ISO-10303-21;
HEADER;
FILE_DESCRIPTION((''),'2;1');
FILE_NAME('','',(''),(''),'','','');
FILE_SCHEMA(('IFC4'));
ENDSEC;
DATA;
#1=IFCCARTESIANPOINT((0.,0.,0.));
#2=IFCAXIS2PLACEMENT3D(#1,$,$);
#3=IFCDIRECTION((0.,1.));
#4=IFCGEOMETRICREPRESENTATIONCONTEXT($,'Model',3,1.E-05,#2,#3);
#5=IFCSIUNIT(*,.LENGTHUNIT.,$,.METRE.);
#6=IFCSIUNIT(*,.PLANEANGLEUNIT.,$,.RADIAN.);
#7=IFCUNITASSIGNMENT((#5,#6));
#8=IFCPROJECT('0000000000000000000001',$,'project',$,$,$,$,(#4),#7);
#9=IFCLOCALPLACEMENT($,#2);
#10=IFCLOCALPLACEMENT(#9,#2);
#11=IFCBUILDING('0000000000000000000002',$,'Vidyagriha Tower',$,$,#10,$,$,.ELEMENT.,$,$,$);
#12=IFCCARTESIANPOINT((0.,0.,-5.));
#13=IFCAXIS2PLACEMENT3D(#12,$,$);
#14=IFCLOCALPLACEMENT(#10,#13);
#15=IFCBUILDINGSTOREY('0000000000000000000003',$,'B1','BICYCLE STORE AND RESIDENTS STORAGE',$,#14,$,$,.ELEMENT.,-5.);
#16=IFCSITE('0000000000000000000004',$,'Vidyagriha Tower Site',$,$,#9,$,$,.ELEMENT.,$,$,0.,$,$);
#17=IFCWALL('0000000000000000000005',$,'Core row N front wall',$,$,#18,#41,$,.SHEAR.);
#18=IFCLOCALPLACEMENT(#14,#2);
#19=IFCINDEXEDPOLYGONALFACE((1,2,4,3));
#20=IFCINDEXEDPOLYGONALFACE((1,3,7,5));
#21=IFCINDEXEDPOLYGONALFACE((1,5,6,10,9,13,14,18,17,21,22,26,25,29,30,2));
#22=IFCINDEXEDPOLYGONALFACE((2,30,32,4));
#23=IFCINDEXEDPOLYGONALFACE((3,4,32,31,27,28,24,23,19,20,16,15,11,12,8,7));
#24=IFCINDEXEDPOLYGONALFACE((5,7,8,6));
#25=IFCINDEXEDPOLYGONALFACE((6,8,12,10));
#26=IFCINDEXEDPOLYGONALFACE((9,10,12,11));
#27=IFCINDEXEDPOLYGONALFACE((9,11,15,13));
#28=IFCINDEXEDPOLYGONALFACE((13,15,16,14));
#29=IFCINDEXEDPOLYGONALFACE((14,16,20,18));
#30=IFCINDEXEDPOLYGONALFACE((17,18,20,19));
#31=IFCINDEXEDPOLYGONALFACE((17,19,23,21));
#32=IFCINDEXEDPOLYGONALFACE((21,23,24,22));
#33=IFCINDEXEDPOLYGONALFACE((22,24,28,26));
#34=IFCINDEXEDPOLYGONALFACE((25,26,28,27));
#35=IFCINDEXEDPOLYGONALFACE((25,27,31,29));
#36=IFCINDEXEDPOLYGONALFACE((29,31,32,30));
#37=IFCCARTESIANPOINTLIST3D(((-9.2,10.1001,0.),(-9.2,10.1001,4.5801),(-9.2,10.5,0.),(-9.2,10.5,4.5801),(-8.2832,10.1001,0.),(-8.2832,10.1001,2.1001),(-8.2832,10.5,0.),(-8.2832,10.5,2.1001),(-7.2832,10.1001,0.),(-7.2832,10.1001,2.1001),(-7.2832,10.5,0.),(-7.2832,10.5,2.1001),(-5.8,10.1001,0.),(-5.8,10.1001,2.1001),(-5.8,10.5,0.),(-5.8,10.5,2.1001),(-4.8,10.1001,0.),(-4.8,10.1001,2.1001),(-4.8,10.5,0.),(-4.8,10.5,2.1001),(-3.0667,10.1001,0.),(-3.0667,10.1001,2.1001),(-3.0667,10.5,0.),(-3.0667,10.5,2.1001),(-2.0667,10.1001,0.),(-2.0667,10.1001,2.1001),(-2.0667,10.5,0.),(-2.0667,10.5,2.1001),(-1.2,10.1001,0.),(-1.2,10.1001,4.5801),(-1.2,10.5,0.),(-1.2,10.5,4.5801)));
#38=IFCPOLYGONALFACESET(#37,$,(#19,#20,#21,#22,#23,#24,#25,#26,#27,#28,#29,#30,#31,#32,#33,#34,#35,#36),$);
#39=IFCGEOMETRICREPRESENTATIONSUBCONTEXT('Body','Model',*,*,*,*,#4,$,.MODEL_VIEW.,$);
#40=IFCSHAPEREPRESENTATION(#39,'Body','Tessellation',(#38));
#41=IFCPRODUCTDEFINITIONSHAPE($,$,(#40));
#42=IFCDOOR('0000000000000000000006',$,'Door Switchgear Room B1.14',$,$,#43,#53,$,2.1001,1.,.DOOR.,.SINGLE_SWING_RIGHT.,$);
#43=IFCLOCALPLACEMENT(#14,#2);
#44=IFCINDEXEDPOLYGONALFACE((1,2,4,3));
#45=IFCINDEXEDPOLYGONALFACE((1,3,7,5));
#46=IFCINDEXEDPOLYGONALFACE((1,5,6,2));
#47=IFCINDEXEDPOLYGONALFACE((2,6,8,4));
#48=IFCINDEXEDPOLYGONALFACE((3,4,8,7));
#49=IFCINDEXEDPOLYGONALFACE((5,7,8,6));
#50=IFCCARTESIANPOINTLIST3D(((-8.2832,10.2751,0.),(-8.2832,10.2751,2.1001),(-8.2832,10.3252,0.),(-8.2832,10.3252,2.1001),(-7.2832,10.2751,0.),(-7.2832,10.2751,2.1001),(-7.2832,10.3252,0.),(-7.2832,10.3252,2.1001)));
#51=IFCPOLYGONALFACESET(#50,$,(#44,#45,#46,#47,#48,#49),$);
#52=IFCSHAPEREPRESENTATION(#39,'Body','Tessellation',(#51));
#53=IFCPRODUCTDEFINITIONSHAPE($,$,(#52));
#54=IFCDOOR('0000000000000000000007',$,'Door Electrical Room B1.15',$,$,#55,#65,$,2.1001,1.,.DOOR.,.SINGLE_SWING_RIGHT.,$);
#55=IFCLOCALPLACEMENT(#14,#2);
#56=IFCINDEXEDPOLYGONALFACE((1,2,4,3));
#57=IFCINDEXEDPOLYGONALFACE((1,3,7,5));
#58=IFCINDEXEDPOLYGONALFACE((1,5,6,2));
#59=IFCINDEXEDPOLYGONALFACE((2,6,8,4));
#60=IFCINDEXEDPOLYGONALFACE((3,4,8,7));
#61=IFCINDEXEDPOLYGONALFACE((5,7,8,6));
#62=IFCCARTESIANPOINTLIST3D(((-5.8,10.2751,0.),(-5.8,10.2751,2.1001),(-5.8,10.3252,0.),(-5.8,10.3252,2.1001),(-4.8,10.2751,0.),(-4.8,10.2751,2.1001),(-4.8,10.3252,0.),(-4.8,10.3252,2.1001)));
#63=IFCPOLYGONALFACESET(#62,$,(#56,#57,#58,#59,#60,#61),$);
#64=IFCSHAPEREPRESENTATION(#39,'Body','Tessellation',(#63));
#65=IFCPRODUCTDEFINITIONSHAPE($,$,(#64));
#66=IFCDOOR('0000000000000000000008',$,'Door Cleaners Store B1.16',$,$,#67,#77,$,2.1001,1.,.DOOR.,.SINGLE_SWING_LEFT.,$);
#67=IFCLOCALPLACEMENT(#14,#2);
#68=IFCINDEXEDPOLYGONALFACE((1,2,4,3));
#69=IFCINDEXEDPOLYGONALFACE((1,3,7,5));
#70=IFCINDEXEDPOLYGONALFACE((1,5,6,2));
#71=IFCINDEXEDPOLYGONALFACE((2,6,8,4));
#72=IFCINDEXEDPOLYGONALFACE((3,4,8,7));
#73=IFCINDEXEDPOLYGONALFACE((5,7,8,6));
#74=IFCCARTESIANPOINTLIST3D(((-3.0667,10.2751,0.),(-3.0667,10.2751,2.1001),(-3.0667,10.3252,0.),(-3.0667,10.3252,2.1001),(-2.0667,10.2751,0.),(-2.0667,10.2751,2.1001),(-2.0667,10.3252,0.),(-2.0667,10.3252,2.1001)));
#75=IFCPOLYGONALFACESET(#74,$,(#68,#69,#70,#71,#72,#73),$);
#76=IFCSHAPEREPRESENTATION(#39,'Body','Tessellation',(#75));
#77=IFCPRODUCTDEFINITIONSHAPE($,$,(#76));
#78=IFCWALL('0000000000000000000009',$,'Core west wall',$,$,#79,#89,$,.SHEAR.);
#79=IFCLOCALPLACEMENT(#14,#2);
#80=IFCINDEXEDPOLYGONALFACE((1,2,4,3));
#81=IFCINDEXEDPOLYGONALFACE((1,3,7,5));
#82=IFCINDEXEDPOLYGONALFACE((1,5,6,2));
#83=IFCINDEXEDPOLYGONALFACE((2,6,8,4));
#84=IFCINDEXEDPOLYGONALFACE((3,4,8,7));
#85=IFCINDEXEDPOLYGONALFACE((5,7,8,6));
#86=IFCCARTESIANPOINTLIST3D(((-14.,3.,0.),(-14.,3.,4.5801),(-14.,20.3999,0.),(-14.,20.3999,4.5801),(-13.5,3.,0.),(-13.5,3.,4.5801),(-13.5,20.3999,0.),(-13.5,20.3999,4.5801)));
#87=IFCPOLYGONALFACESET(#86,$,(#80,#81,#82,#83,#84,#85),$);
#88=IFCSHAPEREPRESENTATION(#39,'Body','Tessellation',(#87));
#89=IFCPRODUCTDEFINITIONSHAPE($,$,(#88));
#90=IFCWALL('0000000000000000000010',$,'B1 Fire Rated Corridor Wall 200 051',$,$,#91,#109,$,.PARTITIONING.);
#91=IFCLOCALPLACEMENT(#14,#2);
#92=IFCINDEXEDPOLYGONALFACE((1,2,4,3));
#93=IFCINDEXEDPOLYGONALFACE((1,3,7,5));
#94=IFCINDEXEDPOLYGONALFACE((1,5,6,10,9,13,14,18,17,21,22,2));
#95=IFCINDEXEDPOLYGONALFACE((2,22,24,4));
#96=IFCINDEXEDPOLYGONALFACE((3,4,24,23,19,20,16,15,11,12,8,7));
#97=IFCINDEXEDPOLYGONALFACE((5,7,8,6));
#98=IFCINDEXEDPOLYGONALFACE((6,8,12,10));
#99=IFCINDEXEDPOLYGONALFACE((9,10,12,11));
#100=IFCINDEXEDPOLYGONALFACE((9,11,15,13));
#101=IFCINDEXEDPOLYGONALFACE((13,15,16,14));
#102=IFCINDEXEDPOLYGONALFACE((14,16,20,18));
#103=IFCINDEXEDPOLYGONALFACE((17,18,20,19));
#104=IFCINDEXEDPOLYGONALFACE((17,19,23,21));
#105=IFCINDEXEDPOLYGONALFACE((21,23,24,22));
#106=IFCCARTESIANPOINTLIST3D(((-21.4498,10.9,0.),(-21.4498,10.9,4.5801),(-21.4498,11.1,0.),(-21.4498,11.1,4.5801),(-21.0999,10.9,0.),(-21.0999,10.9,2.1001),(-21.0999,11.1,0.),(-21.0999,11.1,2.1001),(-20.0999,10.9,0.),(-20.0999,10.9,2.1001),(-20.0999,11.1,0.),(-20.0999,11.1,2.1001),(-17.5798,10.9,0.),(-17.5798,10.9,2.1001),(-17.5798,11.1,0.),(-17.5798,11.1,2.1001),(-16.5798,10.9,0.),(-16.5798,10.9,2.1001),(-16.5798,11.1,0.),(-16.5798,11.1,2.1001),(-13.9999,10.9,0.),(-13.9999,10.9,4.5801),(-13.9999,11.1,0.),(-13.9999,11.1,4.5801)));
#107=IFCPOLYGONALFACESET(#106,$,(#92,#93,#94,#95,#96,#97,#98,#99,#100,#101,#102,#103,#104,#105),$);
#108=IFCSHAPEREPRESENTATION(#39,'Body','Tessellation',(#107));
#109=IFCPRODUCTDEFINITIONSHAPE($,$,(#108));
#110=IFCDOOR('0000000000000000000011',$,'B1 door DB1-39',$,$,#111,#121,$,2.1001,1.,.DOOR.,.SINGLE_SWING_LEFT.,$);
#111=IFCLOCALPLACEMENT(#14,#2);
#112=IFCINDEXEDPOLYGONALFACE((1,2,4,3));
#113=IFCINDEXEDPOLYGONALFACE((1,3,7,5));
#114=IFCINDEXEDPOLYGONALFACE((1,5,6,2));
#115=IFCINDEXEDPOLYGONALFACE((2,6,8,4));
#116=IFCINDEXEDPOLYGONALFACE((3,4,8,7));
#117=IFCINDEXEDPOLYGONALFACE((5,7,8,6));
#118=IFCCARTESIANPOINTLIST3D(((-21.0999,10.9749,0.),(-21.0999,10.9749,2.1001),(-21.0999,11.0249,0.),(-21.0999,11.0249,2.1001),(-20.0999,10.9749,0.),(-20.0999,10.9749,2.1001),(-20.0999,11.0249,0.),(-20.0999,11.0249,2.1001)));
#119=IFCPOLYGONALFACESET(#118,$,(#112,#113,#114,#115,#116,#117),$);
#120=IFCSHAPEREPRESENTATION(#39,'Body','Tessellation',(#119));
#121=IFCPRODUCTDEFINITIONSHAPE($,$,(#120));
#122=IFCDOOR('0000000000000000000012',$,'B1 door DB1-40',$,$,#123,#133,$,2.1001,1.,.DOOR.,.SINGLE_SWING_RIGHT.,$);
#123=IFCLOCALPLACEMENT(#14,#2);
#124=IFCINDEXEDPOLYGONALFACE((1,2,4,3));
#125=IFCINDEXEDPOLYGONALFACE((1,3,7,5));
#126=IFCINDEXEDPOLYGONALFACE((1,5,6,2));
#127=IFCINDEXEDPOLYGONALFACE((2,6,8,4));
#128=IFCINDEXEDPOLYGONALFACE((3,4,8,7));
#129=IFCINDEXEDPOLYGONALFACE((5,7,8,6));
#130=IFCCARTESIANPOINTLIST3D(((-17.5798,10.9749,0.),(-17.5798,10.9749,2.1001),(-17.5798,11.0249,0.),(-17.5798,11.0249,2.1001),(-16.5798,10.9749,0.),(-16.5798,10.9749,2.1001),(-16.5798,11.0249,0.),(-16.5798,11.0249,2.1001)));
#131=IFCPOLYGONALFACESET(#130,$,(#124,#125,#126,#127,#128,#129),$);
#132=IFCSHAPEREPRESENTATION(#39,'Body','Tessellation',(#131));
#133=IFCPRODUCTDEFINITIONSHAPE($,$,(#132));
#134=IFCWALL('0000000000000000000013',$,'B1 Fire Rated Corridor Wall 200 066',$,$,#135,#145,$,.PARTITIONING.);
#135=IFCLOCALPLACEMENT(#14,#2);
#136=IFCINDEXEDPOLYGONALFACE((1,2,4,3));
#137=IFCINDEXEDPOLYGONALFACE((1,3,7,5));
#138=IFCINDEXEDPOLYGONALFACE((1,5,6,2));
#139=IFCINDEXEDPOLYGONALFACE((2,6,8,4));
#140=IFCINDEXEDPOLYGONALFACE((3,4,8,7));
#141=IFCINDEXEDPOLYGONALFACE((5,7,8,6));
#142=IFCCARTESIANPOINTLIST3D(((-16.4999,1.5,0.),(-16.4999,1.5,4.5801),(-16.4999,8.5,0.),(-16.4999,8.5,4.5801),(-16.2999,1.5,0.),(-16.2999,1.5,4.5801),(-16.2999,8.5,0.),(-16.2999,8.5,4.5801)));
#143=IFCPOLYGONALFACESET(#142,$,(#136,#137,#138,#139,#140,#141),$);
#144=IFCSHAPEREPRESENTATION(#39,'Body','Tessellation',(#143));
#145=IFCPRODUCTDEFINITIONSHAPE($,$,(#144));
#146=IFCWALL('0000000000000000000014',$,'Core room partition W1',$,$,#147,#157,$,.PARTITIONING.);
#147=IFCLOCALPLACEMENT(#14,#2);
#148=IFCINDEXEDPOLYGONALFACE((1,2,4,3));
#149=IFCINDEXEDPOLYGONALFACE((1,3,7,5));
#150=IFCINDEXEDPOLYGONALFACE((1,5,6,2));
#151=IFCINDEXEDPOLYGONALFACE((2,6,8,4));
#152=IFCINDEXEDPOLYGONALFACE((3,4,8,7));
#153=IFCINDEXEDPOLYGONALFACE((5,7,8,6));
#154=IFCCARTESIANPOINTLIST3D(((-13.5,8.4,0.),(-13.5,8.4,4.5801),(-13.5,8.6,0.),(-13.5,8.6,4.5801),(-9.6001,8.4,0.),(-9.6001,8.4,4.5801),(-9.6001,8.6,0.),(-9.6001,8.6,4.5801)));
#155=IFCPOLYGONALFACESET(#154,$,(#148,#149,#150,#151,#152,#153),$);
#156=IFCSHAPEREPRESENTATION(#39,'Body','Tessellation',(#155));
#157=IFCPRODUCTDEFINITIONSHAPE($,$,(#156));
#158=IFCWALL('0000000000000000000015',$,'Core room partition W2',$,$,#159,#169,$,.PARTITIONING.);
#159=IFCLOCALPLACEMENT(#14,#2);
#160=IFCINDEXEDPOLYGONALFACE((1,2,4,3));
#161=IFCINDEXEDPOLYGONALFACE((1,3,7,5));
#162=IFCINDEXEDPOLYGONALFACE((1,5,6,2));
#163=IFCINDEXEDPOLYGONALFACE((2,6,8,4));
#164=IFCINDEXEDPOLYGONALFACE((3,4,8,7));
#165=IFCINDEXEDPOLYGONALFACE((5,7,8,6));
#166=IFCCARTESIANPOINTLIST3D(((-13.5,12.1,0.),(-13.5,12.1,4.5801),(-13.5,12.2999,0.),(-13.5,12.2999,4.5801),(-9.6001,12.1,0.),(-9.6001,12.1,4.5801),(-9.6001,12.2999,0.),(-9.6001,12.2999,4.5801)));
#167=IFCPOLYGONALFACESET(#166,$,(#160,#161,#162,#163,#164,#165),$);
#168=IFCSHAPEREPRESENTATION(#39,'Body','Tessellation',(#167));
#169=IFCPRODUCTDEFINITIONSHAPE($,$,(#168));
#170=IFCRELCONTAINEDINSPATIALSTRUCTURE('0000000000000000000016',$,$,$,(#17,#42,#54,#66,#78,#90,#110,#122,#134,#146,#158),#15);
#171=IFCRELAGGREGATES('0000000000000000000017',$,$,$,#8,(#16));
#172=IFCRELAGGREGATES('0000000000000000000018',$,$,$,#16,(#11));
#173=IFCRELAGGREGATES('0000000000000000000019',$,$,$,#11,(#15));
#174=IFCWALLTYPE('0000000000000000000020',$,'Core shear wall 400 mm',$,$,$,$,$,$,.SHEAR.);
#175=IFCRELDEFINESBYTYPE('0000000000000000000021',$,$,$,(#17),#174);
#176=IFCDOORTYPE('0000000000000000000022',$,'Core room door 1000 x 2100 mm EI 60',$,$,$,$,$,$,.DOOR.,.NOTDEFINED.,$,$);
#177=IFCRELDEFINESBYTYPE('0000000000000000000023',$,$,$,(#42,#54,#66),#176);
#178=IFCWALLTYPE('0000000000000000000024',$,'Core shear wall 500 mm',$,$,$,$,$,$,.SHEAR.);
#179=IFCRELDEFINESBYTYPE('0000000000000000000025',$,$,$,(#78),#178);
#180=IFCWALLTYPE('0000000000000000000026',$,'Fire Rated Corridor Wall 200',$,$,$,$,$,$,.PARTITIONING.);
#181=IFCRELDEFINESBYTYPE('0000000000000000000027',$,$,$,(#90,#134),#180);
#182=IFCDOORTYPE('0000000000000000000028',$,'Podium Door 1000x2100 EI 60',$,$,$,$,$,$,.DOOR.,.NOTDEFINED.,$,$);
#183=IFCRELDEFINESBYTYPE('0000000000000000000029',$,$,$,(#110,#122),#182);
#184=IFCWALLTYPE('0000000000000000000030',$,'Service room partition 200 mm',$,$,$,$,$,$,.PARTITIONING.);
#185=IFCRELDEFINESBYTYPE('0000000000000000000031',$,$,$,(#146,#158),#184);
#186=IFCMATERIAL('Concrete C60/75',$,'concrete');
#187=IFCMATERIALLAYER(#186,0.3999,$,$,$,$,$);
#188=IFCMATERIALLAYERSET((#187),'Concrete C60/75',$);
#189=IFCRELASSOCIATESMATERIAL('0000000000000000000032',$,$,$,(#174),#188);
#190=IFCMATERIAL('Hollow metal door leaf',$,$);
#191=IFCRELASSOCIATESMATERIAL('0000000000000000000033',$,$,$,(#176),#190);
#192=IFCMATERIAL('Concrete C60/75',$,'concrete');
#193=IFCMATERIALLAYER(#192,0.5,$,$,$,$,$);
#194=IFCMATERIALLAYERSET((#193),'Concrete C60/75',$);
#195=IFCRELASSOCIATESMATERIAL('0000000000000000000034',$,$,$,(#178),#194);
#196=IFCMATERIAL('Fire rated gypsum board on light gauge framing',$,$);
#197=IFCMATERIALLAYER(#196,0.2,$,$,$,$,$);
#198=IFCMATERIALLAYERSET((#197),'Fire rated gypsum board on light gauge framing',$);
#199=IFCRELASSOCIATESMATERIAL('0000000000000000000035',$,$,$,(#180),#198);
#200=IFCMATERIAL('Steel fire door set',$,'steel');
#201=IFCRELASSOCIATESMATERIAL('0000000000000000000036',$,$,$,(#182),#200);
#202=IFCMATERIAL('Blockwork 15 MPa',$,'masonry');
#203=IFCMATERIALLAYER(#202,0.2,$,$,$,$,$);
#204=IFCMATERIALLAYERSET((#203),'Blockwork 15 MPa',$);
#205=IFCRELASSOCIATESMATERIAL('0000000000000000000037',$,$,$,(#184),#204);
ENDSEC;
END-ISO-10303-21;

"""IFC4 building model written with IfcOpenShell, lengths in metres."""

from ifc_helpers import new_model, si_unit, direction, frame, frame_2d, origin, place, context, subcontext, project, spatial, rectangle, extrude, material, layer, layer_set, type_object, element, fill, save


model = new_model("IFC4")

# Units and contexts
model_context = context("Model", 3, precision=1e-05, world=origin(), true_north=direction((0.0, 1.0)))
body_context = subcontext(model_context, "Body", "Model", "MODEL_VIEW")
ifc_project = project(units=[si_unit("LENGTHUNIT", "METRE"), si_unit("PLANEANGLEUNIT", "RADIAN")], contexts=[model_context])

# Site, building, storey
site_placement = place(None, origin())
site = spatial("IfcSite", under=ifc_project, at=site_placement, Name="Vidyagriha Tower Site", CompositionType="ELEMENT", RefElevation=0.0)
building_placement = place(site_placement, origin())
building = spatial("IfcBuilding", under=site, at=building_placement, Name="Vidyagriha Tower", CompositionType="ELEMENT")
storey_placement = place(building_placement, frame((0.0, 0.0, -5.0)))
storey = spatial("IfcBuildingStorey", under=building, at=storey_placement, Name="B1", Description="BICYCLE STORE AND RESIDENTS STORAGE", CompositionType="ELEMENT", Elevation=-5.0)

# Shared definitions
ifc_material_1 = material(Name="Concrete C60/75", Category="concrete")
ifc_layer_1 = layer(ifc_material_1, 0.3999)
ifc_layer_set_1 = layer_set([ifc_layer_1], Name="Concrete C60/75")
wall_type_1 = type_object("IfcWallType", Name="Core shear wall 400 mm", PredefinedType="SHEAR", material=ifc_layer_set_1)
ifc_material_2 = material(Name="Hollow metal door leaf")
door_type_1 = type_object("IfcDoorType", Name="Core room door 1000 x 2100 mm EI 60", OperationType="NOTDEFINED", PredefinedType="DOOR", material=ifc_material_2)

# Wall, openings, doors
wall_1_placement = place(storey_placement, frame((-9.2, 10.3, 0.0)))
wall_1 = element("IfcWall", 1, at=wall_1_placement, inside=storey, type_object=wall_type_1, Name="Core row N front wall", PredefinedType="SHEAR", context=body_context, shape_type="SweptSolid", body=[
    extrude(rectangle(XDim=8.0, YDim=0.3999, at=frame_2d((4.0, 0.0))), origin(), (0.0, 0.0, 1.0), 4.5801),
])
opening_1_placement = place(wall_1_placement, frame((0.9167, 0.0, 0.0)))
opening_1 = element("IfcOpeningElement", 2, at=opening_1_placement, cuts=wall_1, PredefinedType="OPENING", context=body_context, shape_type="SweptSolid", body=[
    extrude(rectangle(XDim=1.0, YDim=2.1001, at=frame_2d((0.5, 1.05))), frame((0.0, 0.21, 0.0), z_axis=(0.0, -1.0, 0.0), x_axis=(1.0, 0.0, 0.0)), (0.0, 0.0, 1.0), 0.4199),
])
opening_2_placement = place(wall_1_placement, frame((3.3999, 0.0, 0.0)))
opening_2 = element("IfcOpeningElement", 3, at=opening_2_placement, cuts=wall_1, PredefinedType="OPENING", context=body_context, shape_type="SweptSolid", body=[
    extrude(rectangle(XDim=1.0, YDim=2.1001, at=frame_2d((0.5, 1.05))), frame((0.0, 0.21, 0.0), z_axis=(0.0, -1.0, 0.0), x_axis=(1.0, 0.0, 0.0)), (0.0, 0.0, 1.0), 0.4199),
])
opening_3_placement = place(wall_1_placement, frame((6.1333, 0.0, 0.0)))
opening_3 = element("IfcOpeningElement", 4, at=opening_3_placement, cuts=wall_1, PredefinedType="OPENING", context=body_context, shape_type="SweptSolid", body=[
    extrude(rectangle(XDim=1.0, YDim=2.1001, at=frame_2d((0.5, 1.05))), frame((0.0, 0.21, 0.0), z_axis=(0.0, -1.0, 0.0), x_axis=(1.0, 0.0, 0.0)), (0.0, 0.0, 1.0), 0.4199),
])
door_1_placement = place(opening_1_placement, frame((1.0, 0.0, 0.0), z_axis=(0.0, 0.0, 1.0), x_axis=(-1.0, 0.0, 0.0)))
door_1 = element("IfcDoor", 5, at=door_1_placement, inside=storey, type_object=door_type_1, Name="Door Switchgear Room B1.14", OperationType="SINGLE_SWING_RIGHT", OverallHeight=2.1001, OverallWidth=1.0, PredefinedType="DOOR", context=body_context, shape_type="SweptSolid", body=[
    extrude(rectangle(XDim=1.0, YDim=2.1001, at=frame_2d((0.5, 1.05))), frame((0.0, 0.0249, 0.0), z_axis=(0.0, -1.0, 0.0), x_axis=(1.0, 0.0, 0.0)), (0.0, 0.0, 1.0), 0.05),
])
fill(opening_1, door_1)
door_2_placement = place(opening_2_placement, frame((1.0, 0.0, 0.0), z_axis=(0.0, 0.0, 1.0), x_axis=(-1.0, 0.0, 0.0)))
door_2 = element("IfcDoor", 6, at=door_2_placement, inside=storey, type_object=door_type_1, Name="Door Electrical Room B1.15", OperationType="SINGLE_SWING_RIGHT", OverallHeight=2.1001, OverallWidth=1.0, PredefinedType="DOOR", context=body_context, shape_type="SweptSolid", body=[
    extrude(rectangle(XDim=1.0, YDim=2.1001, at=frame_2d((0.5, 1.05))), frame((0.0, 0.0249, 0.0), z_axis=(0.0, -1.0, 0.0), x_axis=(1.0, 0.0, 0.0)), (0.0, 0.0, 1.0), 0.05),
])
fill(opening_2, door_2)
door_3_placement = place(opening_3_placement, frame((1.0, 0.0, 0.0), z_axis=(0.0, 0.0, 1.0), x_axis=(-1.0, 0.0, 0.0)))
door_3 = element("IfcDoor", 7, at=door_3_placement, inside=storey, type_object=door_type_1, Name="Door Cleaners Store B1.16", OperationType="SINGLE_SWING_LEFT", OverallHeight=2.1001, OverallWidth=1.0, PredefinedType="DOOR", context=body_context, shape_type="SweptSolid", body=[
    extrude(rectangle(XDim=1.0, YDim=2.1001, at=frame_2d((0.5, 1.05))), frame((0.0, 0.0249, 0.0), z_axis=(0.0, -1.0, 0.0), x_axis=(1.0, 0.0, 0.0)), (0.0, 0.0, 1.0), 0.05),
])
fill(opening_3, door_3)

# Wall
ifc_material_3 = material(Name="Concrete C60/75", Category="concrete")
ifc_layer_2 = layer(ifc_material_3, 0.5)
ifc_layer_set_2 = layer_set([ifc_layer_2], Name="Concrete C60/75")
wall_type_2 = type_object("IfcWallType", Name="Core shear wall 500 mm", PredefinedType="SHEAR", material=ifc_layer_set_2)
wall_2_placement = place(storey_placement, frame((-13.75, 3.0, 0.0), z_axis=(0.0, 0.0, 1.0), x_axis=(0.0, 1.0, 0.0)))
element("IfcWall", 8, at=wall_2_placement, inside=storey, type_object=wall_type_2, Name="Core west wall", PredefinedType="SHEAR", context=body_context, shape_type="SweptSolid", body=[
    extrude(rectangle(XDim=17.3999, YDim=0.5, at=frame_2d((8.7, 0.0))), origin(), (0.0, 0.0, 1.0), 4.5801),
])

# Wall, openings, doors
ifc_material_4 = material(Name="Fire rated gypsum board on light gauge framing")
ifc_layer_3 = layer(ifc_material_4, 0.2)
ifc_layer_set_3 = layer_set([ifc_layer_3], Name="Fire rated gypsum board on light gauge framing")
wall_type_3 = type_object("IfcWallType", Name="Fire Rated Corridor Wall 200", PredefinedType="PARTITIONING", material=ifc_layer_set_3)
wall_3_placement = place(storey_placement, frame((-21.45, 11.0, 0.0)))
wall_3 = element("IfcWall", 9, at=wall_3_placement, inside=storey, type_object=wall_type_3, Name="B1 Fire Rated Corridor Wall 200 051", PredefinedType="PARTITIONING", context=body_context, shape_type="SweptSolid", body=[
    extrude(rectangle(XDim=7.45, YDim=0.2, at=frame_2d((3.7251, 0.0))), origin(), (0.0, 0.0, 1.0), 4.5801),
])
opening_4_placement = place(wall_3_placement, frame((0.3501, 0.0, 0.0)))
opening_4 = element("IfcOpeningElement", 10, at=opening_4_placement, cuts=wall_3, PredefinedType="OPENING", context=body_context, shape_type="SweptSolid", body=[
    extrude(rectangle(XDim=1.0, YDim=2.1001, at=frame_2d((0.5, 1.05))), frame((0.0, 0.1099, 0.0), z_axis=(0.0, -1.0, 0.0), x_axis=(1.0, 0.0, 0.0)), (0.0, 0.0, 1.0), 0.22),
])
opening_5_placement = place(wall_3_placement, frame((3.8701, 0.0, 0.0)))
opening_5 = element("IfcOpeningElement", 11, at=opening_5_placement, cuts=wall_3, PredefinedType="OPENING", context=body_context, shape_type="SweptSolid", body=[
    extrude(rectangle(XDim=1.0, YDim=2.1001, at=frame_2d((0.5, 1.05))), frame((0.0, 0.1099, 0.0), z_axis=(0.0, -1.0, 0.0), x_axis=(1.0, 0.0, 0.0)), (0.0, 0.0, 1.0), 0.22),
])
ifc_material_5 = material(Name="Steel fire door set", Category="steel")
door_type_2 = type_object("IfcDoorType", Name="Podium Door 1000x2100 EI 60", OperationType="NOTDEFINED", PredefinedType="DOOR", material=ifc_material_5)
door_4_placement = place(opening_4_placement, origin())
door_4 = element("IfcDoor", 12, at=door_4_placement, inside=storey, type_object=door_type_2, Name="B1 door DB1-39", OperationType="SINGLE_SWING_LEFT", OverallHeight=2.1001, OverallWidth=1.0, PredefinedType="DOOR", context=body_context, shape_type="SweptSolid", body=[
    extrude(rectangle(XDim=1.0, YDim=2.1001, at=frame_2d((0.5, 1.05))), frame((0.0, 0.0249, 0.0), z_axis=(0.0, -1.0, 0.0), x_axis=(1.0, 0.0, 0.0)), (0.0, 0.0, 1.0), 0.05),
])
fill(opening_4, door_4)
door_5_placement = place(opening_5_placement, origin())
door_5 = element("IfcDoor", 13, at=door_5_placement, inside=storey, type_object=door_type_2, Name="B1 door DB1-40", OperationType="SINGLE_SWING_RIGHT", OverallHeight=2.1001, OverallWidth=1.0, PredefinedType="DOOR", context=body_context, shape_type="SweptSolid", body=[
    extrude(rectangle(XDim=1.0, YDim=2.1001, at=frame_2d((0.5, 1.05))), frame((0.0, 0.0249, 0.0), z_axis=(0.0, -1.0, 0.0), x_axis=(1.0, 0.0, 0.0)), (0.0, 0.0, 1.0), 0.05),
])
fill(opening_5, door_5)

# Walls
wall_4_placement = place(storey_placement, frame((-16.3999, 1.5, 0.0), z_axis=(0.0, 0.0, 1.0), x_axis=(0.0, 1.0, 0.0)))
element("IfcWall", 14, at=wall_4_placement, inside=storey, type_object=wall_type_3, Name="B1 Fire Rated Corridor Wall 200 066", PredefinedType="PARTITIONING", context=body_context, shape_type="SweptSolid", body=[
    extrude(rectangle(XDim=7.0, YDim=0.2, at=frame_2d((3.5, 0.0))), origin(), (0.0, 0.0, 1.0), 4.5801),
])
ifc_material_6 = material(Name="Blockwork 15 MPa", Category="masonry")
ifc_layer_4 = layer(ifc_material_6, 0.2)
ifc_layer_set_4 = layer_set([ifc_layer_4], Name="Blockwork 15 MPa")
wall_type_4 = type_object("IfcWallType", Name="Service room partition 200 mm", PredefinedType="PARTITIONING", material=ifc_layer_set_4)
for number, where, name in (
    (15, (-13.5, 8.5, 0.0), "Core room partition W1"),
    (16, (-13.5, 12.2, 0.0), "Core room partition W2"),
):
    element("IfcWall", number, at=place(storey_placement, frame(where)), inside=storey, type_object=wall_type_4, Name=name, PredefinedType="PARTITIONING", context=body_context, shape_type="SweptSolid", body=[
        extrude(rectangle(XDim=3.8999, YDim=0.2, at=frame_2d((1.95, 0.0))), origin(), (0.0, 0.0, 1.0), 4.5801),
    ])

save(model, "model.ifc")
